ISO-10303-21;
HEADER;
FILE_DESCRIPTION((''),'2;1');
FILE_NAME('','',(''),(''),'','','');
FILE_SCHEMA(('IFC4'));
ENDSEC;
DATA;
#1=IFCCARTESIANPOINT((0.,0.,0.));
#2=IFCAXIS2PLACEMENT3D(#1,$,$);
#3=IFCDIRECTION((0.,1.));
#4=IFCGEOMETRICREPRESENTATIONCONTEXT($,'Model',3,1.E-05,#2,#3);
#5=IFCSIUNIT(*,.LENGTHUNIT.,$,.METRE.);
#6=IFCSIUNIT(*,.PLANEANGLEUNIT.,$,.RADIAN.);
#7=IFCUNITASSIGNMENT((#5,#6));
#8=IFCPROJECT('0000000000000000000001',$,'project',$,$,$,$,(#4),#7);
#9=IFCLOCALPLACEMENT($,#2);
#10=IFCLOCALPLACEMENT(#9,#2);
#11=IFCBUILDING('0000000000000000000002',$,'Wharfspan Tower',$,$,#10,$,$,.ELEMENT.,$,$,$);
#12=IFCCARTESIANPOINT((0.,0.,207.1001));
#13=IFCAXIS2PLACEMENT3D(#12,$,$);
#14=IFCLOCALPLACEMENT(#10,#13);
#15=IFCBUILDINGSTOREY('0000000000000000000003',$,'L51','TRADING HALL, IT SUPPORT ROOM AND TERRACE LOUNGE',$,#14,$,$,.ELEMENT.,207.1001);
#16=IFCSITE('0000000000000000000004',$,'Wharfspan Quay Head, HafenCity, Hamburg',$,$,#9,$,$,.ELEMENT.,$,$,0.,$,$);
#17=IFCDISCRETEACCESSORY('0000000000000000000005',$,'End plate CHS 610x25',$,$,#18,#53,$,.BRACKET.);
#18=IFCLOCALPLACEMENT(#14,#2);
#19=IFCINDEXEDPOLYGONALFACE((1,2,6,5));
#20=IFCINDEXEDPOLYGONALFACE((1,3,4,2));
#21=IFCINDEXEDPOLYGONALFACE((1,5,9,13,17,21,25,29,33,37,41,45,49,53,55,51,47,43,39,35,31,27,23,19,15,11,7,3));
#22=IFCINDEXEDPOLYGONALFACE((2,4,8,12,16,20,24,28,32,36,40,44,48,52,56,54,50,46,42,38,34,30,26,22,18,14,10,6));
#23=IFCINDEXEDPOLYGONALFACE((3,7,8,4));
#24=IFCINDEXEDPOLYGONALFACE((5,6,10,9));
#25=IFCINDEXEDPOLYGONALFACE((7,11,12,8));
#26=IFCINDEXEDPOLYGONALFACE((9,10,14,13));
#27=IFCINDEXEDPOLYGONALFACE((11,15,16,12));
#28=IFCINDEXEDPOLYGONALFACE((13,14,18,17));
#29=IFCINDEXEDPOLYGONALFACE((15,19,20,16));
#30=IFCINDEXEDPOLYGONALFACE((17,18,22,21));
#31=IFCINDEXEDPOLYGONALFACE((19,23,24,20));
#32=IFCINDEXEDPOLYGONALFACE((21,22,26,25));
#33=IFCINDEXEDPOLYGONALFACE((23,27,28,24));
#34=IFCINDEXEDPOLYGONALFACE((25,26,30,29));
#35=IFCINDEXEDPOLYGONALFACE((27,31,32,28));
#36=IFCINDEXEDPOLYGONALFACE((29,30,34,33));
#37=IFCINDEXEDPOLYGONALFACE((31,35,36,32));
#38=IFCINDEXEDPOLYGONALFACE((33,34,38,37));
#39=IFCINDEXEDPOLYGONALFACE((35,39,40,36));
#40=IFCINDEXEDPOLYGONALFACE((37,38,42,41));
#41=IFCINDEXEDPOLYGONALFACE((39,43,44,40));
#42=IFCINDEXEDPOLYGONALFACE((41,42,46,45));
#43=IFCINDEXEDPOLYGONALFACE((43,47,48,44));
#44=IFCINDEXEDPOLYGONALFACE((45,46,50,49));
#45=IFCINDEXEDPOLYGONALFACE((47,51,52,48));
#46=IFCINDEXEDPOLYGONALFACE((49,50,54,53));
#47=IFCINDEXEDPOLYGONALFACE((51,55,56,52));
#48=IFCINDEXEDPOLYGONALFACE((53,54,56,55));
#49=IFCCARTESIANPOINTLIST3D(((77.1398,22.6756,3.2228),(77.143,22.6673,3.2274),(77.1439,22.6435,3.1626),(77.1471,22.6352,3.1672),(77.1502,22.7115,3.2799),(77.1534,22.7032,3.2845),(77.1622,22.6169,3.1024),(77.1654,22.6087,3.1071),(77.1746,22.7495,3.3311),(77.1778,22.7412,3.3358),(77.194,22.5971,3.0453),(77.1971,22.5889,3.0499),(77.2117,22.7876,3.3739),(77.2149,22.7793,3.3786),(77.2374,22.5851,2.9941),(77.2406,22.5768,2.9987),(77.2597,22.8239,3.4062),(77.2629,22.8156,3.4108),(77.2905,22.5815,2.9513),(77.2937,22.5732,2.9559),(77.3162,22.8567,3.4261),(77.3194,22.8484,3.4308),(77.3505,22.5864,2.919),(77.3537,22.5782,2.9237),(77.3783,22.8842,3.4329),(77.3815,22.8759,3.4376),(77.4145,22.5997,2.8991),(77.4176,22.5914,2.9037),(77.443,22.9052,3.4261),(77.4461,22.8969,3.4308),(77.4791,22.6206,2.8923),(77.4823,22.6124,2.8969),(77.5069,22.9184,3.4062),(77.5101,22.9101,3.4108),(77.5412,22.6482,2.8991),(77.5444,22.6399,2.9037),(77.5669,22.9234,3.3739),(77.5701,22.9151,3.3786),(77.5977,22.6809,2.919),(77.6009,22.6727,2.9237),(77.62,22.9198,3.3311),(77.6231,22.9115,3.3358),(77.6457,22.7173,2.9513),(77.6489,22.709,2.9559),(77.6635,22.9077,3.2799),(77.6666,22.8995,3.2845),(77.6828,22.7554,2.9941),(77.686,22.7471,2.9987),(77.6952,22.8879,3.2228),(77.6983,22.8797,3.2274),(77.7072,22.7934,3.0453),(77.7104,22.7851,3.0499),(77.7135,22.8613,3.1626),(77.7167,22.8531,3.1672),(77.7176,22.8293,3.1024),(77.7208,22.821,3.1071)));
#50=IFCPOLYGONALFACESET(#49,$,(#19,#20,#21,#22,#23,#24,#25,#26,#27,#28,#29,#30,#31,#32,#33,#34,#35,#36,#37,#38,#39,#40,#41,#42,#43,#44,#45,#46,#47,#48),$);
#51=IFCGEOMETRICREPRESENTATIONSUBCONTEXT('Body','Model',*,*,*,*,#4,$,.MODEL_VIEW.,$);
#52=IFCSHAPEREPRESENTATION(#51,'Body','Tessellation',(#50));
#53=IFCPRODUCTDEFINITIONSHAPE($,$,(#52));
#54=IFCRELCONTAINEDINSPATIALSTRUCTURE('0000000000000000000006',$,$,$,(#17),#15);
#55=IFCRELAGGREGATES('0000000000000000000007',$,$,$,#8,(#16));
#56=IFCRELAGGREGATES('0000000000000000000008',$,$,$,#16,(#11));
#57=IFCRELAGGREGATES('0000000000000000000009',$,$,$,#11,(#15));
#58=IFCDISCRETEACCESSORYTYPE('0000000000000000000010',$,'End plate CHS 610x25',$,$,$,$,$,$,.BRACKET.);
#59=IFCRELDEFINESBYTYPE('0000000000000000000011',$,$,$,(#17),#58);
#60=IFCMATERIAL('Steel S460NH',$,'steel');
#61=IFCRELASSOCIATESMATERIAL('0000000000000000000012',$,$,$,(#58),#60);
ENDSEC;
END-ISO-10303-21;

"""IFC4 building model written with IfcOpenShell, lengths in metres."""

from ifc_helpers import new_model, si_unit, direction, frame, origin, origin_2d, place, context, subcontext, project, spatial, circle, extrude, material, material_profile, profile_set, type_object, element, save


model = new_model("IFC4")

# Units and contexts
model_context = context("Model", 3, precision=1e-05, world=origin(), true_north=direction((0.0, 1.0)))
body_context = subcontext(model_context, "Body", "Model", "MODEL_VIEW")
ifc_project = project(units=[si_unit("LENGTHUNIT", "METRE"), si_unit("PLANEANGLEUNIT", "RADIAN")], contexts=[model_context])

# Site, building, storey
site_placement = place(None, origin())
site = spatial("IfcSite", under=ifc_project, at=site_placement, Name="Wharfspan Quay Head, HafenCity, Hamburg", CompositionType="ELEMENT", RefElevation=0.0)
building_placement = place(site_placement, origin())
building = spatial("IfcBuilding", under=site, at=building_placement, Name="Wharfspan Tower", CompositionType="ELEMENT")
storey_placement = place(building_placement, frame((0.0, 0.0, 207.1001)))
storey = spatial("IfcBuildingStorey", under=building, at=storey_placement, Name="L51", Description="TRADING HALL, IT SUPPORT ROOM AND TERRACE LOUNGE", CompositionType="ELEMENT", Elevation=207.1001)

# Shared definitions
ifc_material_1 = material(Name="Steel S460NH", Category="steel")

# Discrete accessory
ifc_material_profile_1 = material_profile(ifc_material_1, circle(Radius=0.3049, at=origin_2d()))
ifc_profile_set_1 = profile_set([ifc_material_profile_1], Name="Steel S460NH")
discrete_accessory_type = type_object("IfcDiscreteAccessoryType", Name="End plate CHS 610x25", PredefinedType="BRACKET", material=ifc_profile_set_1)
for number, where, z_axis, x_axis, name in (
    (1, (77.4287, 22.7524, 3.1626), (0.316603, -0.828038, 0.462727), (0.934054, 0.357138, -0.000001), "End plate CHS 610x25"),
):
    element("IfcDiscreteAccessory", number, at=place(storey_placement, frame(where, z_axis=z_axis, x_axis=x_axis)), inside=storey, type_object=discrete_accessory_type, Name=name, PredefinedType="BRACKET", context=body_context, shape_type="SweptSolid", body=[
        extrude(circle(Radius=0.3049, at=origin_2d()), origin(), (0.0, 0.0, 1.0), 0.01),
    ])

save(model, "model.ifc")
